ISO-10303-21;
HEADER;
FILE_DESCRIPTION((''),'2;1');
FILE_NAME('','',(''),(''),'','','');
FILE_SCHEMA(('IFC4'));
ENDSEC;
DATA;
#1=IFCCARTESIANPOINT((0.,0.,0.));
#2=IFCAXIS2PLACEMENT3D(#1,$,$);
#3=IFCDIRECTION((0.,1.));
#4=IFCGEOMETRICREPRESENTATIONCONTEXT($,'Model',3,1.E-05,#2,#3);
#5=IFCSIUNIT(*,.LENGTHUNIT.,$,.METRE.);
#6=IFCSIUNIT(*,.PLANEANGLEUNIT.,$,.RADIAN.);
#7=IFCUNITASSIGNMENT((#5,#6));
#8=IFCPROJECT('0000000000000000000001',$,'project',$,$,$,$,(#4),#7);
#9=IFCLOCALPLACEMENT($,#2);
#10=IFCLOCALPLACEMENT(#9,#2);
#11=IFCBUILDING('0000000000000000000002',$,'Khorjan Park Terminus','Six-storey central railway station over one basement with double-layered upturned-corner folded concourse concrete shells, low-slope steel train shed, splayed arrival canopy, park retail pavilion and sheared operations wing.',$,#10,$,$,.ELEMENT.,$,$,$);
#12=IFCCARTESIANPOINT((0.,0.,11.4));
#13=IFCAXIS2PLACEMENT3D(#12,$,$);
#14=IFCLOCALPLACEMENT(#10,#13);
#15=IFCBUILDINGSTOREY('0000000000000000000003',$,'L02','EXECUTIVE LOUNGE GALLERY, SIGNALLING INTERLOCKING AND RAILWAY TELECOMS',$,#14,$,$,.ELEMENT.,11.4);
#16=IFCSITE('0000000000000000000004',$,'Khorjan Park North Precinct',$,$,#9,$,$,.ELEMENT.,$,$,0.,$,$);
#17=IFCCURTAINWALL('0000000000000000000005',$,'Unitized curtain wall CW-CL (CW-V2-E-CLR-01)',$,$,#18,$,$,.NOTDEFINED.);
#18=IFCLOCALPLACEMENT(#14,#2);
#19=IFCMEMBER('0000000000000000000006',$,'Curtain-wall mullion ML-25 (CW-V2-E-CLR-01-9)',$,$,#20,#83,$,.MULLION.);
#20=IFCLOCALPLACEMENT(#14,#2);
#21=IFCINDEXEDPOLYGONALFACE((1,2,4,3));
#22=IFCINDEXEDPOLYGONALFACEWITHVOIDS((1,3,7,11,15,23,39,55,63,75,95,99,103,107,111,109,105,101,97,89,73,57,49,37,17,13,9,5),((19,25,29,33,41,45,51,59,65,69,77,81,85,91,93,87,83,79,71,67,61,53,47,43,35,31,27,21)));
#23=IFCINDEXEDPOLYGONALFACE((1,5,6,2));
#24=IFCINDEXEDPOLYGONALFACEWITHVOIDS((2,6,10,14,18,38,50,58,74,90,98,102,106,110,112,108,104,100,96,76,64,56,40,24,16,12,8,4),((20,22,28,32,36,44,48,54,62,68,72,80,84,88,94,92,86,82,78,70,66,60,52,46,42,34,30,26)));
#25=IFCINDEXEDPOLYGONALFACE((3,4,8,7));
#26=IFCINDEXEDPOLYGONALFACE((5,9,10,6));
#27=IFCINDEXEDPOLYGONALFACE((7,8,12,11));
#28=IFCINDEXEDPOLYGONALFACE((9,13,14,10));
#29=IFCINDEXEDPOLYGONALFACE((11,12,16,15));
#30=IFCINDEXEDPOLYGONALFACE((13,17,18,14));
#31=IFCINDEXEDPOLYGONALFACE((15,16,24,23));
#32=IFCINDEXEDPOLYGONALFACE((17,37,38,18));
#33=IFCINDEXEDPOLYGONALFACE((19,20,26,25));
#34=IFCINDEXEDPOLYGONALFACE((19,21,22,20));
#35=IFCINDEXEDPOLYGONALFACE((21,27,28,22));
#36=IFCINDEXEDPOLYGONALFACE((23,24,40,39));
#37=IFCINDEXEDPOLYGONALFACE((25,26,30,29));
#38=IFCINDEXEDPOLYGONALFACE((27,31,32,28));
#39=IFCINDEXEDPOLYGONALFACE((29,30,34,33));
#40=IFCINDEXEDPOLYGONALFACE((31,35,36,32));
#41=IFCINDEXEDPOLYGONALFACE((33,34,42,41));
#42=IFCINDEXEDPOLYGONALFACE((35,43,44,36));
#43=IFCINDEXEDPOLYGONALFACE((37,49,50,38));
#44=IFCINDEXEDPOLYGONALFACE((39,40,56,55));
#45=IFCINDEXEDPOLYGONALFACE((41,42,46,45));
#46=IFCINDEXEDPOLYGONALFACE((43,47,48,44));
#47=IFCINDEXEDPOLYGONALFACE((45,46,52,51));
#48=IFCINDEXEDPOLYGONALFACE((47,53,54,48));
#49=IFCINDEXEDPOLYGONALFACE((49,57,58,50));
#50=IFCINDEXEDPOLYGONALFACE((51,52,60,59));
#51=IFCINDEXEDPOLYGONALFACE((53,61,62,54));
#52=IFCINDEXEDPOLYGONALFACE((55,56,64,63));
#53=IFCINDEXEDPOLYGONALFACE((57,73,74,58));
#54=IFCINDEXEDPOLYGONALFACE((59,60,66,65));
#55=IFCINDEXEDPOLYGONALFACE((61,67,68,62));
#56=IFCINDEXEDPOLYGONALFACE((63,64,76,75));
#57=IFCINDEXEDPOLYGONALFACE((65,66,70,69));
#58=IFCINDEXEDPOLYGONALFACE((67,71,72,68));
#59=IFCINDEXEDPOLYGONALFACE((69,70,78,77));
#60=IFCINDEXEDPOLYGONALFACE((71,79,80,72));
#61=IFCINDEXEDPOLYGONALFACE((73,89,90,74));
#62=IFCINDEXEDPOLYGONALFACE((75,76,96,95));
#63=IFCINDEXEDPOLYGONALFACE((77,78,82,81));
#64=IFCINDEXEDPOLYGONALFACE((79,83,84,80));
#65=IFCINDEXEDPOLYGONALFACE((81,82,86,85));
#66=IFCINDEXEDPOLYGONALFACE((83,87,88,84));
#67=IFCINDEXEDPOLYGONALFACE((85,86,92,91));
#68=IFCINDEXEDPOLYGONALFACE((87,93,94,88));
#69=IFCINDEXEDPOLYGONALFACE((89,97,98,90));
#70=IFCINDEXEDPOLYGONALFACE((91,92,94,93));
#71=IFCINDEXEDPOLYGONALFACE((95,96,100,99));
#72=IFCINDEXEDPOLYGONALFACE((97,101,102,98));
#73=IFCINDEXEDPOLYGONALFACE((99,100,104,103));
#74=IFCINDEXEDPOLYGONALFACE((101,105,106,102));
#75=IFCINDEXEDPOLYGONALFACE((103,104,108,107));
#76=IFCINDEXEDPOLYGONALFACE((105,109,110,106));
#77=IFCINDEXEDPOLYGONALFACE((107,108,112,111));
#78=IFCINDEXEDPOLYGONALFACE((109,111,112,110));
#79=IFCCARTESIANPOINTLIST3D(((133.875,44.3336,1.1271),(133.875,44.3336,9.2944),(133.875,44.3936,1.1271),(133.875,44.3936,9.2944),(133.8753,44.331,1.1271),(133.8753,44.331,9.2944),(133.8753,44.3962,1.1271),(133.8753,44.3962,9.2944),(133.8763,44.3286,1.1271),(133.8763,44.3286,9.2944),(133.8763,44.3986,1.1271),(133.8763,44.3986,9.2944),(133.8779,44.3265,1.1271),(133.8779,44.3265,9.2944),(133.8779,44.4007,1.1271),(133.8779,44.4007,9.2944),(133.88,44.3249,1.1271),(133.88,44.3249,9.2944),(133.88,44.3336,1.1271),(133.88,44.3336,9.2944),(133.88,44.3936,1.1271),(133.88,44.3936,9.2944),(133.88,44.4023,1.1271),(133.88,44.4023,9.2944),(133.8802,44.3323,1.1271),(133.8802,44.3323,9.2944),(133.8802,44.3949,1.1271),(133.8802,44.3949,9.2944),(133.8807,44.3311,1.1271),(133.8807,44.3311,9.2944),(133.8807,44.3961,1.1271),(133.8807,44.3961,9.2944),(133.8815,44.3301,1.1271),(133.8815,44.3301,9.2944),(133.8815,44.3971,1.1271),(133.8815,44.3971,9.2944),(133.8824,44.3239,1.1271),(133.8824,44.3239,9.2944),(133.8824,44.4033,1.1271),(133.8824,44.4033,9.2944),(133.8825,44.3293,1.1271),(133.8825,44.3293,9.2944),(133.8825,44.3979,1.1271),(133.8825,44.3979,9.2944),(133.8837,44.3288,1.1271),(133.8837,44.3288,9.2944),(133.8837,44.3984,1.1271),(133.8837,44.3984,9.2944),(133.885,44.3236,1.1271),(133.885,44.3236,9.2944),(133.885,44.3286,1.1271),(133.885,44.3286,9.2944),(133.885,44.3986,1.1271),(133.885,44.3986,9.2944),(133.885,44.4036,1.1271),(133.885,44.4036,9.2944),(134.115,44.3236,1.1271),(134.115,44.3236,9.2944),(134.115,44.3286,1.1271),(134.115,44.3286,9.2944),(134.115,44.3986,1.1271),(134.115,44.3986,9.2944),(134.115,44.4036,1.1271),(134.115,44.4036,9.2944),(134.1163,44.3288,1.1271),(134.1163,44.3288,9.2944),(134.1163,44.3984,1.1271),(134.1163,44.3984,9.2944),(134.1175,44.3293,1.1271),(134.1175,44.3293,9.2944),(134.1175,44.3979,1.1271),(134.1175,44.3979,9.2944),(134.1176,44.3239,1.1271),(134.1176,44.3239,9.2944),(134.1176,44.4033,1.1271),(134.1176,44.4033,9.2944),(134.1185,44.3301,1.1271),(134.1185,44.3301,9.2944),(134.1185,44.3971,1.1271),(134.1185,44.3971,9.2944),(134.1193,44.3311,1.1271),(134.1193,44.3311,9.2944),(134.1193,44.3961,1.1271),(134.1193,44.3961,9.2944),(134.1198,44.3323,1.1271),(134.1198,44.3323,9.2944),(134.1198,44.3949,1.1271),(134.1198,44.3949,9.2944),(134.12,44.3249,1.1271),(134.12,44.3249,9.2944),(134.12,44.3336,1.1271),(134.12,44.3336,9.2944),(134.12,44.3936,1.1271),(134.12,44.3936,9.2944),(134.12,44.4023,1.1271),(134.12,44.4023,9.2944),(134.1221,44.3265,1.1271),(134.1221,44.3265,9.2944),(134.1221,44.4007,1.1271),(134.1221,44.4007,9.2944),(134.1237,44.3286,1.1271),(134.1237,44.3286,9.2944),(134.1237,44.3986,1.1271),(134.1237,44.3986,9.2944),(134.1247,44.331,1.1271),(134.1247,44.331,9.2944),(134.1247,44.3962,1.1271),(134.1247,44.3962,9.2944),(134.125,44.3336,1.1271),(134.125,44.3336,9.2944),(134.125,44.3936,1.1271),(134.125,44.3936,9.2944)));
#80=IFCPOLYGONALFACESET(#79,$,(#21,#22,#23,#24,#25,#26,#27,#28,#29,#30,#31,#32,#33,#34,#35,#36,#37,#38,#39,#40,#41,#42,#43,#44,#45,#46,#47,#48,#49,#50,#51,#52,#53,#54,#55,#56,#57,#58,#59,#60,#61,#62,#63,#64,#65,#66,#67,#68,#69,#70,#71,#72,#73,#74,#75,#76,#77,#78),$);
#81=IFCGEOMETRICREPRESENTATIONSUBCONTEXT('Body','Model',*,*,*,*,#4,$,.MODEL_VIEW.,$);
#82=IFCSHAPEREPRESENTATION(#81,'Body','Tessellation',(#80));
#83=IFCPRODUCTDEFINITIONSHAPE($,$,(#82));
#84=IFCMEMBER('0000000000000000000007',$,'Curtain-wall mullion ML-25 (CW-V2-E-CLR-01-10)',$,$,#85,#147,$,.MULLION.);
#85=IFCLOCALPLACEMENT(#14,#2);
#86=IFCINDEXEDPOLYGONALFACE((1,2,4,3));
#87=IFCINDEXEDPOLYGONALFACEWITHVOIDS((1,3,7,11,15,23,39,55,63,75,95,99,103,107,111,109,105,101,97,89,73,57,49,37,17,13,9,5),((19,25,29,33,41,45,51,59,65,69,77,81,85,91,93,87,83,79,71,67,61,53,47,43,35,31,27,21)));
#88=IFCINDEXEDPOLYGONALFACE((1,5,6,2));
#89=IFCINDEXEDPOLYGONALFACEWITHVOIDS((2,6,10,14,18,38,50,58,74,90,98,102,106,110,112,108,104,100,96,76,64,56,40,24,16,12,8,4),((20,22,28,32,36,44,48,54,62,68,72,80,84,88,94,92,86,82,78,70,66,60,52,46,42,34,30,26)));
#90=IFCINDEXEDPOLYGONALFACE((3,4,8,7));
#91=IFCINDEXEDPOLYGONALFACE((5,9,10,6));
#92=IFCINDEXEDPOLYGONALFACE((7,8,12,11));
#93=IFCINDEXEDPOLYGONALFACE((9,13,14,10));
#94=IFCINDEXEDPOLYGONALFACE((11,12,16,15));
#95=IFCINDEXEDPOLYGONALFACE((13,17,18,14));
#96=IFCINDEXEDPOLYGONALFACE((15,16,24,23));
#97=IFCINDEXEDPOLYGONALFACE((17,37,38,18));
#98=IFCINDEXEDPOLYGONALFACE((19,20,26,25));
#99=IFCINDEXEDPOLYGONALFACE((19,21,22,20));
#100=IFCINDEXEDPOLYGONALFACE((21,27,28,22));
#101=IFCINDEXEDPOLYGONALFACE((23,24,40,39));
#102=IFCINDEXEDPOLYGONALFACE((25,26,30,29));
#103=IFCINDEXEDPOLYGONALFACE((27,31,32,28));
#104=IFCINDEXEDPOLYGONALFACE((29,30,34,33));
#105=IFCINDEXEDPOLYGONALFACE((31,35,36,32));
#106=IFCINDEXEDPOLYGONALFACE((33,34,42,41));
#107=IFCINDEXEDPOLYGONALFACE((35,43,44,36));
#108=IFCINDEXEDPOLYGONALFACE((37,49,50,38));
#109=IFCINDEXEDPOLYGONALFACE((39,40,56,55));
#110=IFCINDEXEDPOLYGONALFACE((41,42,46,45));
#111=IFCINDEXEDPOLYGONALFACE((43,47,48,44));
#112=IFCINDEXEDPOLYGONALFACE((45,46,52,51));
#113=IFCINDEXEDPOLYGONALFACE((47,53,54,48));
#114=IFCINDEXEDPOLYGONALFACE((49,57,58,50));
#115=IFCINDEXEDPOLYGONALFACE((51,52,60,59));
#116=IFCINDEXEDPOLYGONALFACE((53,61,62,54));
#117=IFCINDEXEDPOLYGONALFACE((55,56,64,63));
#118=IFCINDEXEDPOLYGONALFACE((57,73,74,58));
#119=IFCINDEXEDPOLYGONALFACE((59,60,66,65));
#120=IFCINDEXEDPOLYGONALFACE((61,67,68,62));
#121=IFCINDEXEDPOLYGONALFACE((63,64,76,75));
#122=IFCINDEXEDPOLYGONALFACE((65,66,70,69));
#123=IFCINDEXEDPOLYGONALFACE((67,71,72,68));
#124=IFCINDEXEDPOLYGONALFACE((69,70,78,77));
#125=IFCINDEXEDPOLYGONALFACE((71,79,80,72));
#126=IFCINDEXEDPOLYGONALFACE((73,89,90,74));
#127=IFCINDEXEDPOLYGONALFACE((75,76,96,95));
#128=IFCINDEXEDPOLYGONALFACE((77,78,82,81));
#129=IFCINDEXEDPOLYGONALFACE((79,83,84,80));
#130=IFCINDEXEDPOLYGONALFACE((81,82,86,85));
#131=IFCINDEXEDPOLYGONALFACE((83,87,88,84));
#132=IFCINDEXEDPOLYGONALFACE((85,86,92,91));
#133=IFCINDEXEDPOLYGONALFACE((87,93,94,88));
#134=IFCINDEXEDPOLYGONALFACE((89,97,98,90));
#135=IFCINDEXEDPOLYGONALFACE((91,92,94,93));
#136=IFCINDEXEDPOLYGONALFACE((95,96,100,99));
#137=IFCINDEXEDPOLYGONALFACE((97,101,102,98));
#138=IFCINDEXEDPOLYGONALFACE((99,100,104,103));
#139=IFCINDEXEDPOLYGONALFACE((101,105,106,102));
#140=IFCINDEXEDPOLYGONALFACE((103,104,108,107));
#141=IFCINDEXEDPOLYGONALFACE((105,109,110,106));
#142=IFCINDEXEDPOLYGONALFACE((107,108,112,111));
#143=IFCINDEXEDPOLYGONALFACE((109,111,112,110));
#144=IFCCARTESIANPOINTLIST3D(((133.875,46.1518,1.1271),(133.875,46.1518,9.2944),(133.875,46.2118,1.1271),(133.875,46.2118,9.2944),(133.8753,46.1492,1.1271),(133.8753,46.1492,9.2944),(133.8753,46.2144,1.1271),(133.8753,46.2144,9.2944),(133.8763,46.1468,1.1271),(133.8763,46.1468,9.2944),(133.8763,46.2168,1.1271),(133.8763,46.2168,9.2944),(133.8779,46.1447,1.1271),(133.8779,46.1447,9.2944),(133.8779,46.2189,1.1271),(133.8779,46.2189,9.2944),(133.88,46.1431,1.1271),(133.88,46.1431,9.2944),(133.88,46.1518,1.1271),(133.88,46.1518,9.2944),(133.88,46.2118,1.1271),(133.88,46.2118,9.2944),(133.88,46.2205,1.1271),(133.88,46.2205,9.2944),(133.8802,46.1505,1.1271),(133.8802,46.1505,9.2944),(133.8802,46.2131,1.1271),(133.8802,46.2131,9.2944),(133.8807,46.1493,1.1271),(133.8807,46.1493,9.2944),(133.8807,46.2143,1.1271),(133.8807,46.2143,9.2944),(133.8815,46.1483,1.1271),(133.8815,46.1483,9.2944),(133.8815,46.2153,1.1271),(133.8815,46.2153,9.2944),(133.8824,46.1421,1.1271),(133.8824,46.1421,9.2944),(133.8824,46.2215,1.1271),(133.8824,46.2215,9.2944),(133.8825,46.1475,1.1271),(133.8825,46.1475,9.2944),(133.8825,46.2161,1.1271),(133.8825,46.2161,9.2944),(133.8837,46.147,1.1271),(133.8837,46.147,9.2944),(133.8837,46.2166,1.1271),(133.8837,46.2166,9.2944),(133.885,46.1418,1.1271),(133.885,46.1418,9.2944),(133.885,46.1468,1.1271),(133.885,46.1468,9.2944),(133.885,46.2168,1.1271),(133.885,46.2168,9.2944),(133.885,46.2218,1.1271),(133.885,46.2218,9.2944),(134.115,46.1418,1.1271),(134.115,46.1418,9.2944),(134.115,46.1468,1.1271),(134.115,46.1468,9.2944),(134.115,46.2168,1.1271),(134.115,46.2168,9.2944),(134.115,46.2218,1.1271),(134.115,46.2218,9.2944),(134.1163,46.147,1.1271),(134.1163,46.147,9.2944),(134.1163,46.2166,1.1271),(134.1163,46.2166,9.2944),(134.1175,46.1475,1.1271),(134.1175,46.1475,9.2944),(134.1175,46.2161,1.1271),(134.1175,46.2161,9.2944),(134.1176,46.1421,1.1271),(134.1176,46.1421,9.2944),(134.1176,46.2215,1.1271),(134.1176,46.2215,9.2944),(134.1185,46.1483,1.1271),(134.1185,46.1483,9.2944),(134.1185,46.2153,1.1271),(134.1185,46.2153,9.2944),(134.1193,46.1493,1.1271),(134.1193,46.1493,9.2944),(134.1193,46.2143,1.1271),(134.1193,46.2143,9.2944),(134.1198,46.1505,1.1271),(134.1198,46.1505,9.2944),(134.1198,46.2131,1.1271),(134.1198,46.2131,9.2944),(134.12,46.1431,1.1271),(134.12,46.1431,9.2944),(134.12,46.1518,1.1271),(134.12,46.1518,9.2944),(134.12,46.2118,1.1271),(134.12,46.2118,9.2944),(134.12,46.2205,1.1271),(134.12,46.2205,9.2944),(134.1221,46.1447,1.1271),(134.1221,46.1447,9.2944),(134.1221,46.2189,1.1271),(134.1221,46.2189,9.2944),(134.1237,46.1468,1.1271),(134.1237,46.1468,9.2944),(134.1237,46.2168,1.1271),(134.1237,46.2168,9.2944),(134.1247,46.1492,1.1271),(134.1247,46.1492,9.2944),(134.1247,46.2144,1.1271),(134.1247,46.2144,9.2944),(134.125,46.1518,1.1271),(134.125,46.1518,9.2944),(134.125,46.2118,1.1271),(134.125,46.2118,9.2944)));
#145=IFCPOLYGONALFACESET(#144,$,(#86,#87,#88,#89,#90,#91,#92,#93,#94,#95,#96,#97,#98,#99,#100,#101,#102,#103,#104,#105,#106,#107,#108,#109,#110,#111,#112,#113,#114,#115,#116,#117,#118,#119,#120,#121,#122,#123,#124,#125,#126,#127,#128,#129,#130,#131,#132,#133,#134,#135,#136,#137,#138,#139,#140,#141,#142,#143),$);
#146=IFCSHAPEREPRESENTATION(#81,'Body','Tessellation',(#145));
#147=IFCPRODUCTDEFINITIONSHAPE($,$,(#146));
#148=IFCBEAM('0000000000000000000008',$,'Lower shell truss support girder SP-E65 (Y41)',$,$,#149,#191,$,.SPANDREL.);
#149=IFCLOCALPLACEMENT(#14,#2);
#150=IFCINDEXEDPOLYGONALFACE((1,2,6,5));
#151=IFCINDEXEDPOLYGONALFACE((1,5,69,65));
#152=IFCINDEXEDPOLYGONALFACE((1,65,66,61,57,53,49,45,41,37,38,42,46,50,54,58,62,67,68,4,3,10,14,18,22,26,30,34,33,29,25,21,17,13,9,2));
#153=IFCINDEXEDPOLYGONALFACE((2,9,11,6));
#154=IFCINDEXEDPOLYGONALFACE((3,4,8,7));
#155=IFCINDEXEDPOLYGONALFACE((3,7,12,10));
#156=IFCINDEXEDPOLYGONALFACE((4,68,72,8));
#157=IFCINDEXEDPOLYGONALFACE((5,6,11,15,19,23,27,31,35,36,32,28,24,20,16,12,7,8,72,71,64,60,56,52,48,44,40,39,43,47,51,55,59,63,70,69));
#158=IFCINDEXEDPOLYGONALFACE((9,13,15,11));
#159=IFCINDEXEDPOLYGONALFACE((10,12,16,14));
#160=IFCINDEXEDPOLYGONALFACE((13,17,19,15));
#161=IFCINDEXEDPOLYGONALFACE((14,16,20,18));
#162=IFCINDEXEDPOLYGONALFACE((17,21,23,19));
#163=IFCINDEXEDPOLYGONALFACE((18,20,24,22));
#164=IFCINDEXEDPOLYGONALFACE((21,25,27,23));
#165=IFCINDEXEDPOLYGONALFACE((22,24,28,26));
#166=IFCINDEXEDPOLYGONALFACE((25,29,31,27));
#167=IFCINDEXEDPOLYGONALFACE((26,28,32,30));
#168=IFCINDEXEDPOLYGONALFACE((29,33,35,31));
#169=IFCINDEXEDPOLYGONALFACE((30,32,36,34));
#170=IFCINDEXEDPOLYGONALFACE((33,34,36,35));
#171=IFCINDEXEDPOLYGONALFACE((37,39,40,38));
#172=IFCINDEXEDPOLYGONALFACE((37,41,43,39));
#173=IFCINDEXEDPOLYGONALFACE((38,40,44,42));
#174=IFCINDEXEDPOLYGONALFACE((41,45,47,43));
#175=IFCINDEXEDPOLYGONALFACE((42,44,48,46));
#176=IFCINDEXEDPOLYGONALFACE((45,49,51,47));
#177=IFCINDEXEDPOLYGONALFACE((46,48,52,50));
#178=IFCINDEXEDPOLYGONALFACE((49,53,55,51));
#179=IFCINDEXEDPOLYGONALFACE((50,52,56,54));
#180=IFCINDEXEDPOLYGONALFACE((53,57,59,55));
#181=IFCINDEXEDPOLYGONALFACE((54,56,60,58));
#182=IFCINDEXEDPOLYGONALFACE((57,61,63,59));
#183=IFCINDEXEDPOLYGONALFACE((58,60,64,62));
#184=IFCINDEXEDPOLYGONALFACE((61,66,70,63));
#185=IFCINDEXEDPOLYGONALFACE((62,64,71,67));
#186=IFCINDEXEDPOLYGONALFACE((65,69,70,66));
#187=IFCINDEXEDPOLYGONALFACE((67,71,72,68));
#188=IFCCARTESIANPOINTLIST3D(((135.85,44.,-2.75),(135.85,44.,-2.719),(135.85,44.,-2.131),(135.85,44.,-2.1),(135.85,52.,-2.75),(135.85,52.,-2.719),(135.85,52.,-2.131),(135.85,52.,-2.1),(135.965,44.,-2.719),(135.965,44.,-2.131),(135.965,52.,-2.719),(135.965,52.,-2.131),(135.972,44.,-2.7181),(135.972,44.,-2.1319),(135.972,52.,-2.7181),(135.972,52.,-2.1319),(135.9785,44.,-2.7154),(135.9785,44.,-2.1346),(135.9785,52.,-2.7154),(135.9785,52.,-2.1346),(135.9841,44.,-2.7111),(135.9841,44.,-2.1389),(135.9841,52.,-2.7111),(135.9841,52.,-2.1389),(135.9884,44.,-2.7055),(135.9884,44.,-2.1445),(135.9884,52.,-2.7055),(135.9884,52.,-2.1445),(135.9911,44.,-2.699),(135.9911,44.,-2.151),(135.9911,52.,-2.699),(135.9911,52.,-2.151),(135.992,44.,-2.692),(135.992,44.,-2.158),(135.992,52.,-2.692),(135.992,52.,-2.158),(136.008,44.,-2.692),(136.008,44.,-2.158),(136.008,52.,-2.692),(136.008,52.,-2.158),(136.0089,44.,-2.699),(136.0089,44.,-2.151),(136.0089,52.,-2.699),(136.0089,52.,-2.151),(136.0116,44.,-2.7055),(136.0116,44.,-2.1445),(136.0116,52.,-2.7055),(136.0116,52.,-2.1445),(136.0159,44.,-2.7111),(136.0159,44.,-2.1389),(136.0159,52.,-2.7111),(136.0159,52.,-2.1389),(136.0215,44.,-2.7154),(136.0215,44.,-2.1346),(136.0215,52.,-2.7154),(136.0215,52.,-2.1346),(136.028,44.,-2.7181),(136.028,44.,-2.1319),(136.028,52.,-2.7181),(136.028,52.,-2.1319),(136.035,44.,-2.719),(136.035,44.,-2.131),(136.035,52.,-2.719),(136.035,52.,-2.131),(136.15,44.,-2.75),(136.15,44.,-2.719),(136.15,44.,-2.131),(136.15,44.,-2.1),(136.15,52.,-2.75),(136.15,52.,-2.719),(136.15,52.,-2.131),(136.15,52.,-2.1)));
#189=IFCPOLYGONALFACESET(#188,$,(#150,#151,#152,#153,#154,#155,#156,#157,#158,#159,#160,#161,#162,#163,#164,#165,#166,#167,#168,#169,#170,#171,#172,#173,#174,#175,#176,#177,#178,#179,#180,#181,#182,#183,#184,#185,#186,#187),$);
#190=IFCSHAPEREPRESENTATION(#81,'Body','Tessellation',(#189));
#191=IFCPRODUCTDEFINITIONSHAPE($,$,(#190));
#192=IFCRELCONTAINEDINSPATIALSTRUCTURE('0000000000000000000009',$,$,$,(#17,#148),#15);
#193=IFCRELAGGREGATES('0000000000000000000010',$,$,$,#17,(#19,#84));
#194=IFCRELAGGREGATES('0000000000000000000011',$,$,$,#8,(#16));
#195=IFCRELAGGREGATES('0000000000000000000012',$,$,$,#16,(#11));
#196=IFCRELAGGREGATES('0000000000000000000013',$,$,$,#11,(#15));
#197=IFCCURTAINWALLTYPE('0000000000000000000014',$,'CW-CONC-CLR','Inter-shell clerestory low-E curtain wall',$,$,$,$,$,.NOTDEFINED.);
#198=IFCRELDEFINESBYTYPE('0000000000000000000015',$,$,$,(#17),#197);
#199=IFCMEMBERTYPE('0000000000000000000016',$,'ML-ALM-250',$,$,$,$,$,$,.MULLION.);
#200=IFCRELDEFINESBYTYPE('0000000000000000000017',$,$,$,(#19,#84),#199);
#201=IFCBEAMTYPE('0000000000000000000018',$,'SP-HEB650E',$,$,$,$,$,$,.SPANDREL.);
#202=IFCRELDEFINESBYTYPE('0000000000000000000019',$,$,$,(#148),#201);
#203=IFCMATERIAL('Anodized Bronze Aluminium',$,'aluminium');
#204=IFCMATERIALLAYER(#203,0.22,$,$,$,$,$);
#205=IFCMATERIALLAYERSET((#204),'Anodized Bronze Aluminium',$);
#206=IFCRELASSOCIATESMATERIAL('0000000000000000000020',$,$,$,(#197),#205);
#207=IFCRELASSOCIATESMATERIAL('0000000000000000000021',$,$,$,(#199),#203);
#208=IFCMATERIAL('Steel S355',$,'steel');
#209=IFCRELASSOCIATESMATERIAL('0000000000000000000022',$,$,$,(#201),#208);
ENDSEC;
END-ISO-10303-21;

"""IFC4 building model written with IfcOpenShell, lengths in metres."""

from ifc_helpers import new_model, si_unit, direction, frame, origin, origin_2d, place, context, subcontext, project, spatial, hollow_rectangle, i_section, extrude, material, layer, layer_set, material_profile, profile_set, type_object, element, aggregate, save


model = new_model("IFC4")

# Units and contexts
model_context = context("Model", 3, precision=1e-05, world=origin(), true_north=direction((0.0, 1.0)))
body_context = subcontext(model_context, "Body", "Model", "MODEL_VIEW")
ifc_project = project(units=[si_unit("LENGTHUNIT", "METRE"), si_unit("PLANEANGLEUNIT", "RADIAN")], contexts=[model_context])

# Site, building, storey
site_placement = place(None, origin())
site = spatial("IfcSite", under=ifc_project, at=site_placement, Name="Khorjan Park North Precinct", CompositionType="ELEMENT", RefElevation=0.0)
building_placement = place(site_placement, origin())
building = spatial("IfcBuilding", under=site, at=building_placement, Name="Khorjan Park Terminus", Description="Six-storey central railway station over one basement with double-layered upturned-corner folded concourse concrete shells, low-slope steel train shed, splayed arrival canopy, park retail pavilion and sheared operations wing.", CompositionType="ELEMENT")
storey_placement = place(building_placement, frame((0.0, 0.0, 11.4)))
storey = spatial("IfcBuildingStorey", under=building, at=storey_placement, Name="L02", Description="EXECUTIVE LOUNGE GALLERY, SIGNALLING INTERLOCKING AND RAILWAY TELECOMS", CompositionType="ELEMENT", Elevation=11.4)

# Shared definitions
ifc_material_1 = material(Name="Steel S355", Category="steel")

# Curtain wall, members
ifc_material_2 = material(Name="Anodized Bronze Aluminium", Category="aluminium")
ifc_layer_1 = layer(ifc_material_2, 0.22)
ifc_layer_set_1 = layer_set([ifc_layer_1], Name="Anodized Bronze Aluminium")
curtain_wall_type = type_object("IfcCurtainWallType", Name="CW-CONC-CLR", Description="Inter-shell clerestory low-E curtain wall", PredefinedType="NOTDEFINED", material=ifc_layer_set_1)
curtain_wall_placement = place(storey_placement, origin())
curtain_wall = element("IfcCurtainWall", 1, at=curtain_wall_placement, inside=storey, type_object=curtain_wall_type, Name="Unitized curtain wall CW-CL (CW-V2-E-CLR-01)", PredefinedType="NOTDEFINED")
ifc_material_profile_1 = material_profile(ifc_material_2, hollow_rectangle(XDim=0.08, YDim=0.25, WallThickness=0.005, InnerFilletRadius=0.005, OuterFilletRadius=0.01, at=origin_2d()), Name="ALM 80x250x5")
ifc_profile_set_1 = profile_set([ifc_material_profile_1], Name="Anodized Bronze Aluminium")
member_type_1 = type_object("IfcMemberType", Name="ML-ALM-250", PredefinedType="MULLION", material=ifc_profile_set_1)
member_1_placement = place(storey_placement, frame((134.0, 44.3636, 1.1271), z_axis=(0.0, 0.0, 1.0), x_axis=(0.0, 1.0, 0.0)))
member_1 = element("IfcMember", 2, at=member_1_placement, type_object=member_type_1, Name="Curtain-wall mullion ML-25 (CW-V2-E-CLR-01-9)", PredefinedType="MULLION", context=body_context, shape_type="SweptSolid", body=[
    extrude(hollow_rectangle(XDim=0.08, YDim=0.25, WallThickness=0.005, InnerFilletRadius=0.005, OuterFilletRadius=0.01, at=origin_2d()), origin(), (0.0, 0.0, 1.0), 8.1673),
])
member_2_placement = place(storey_placement, frame((134.0, 46.1818, 1.1271), z_axis=(0.0, 0.0, 1.0), x_axis=(0.0, 1.0, 0.0)))
member_2 = element("IfcMember", 3, at=member_2_placement, type_object=member_type_1, Name="Curtain-wall mullion ML-25 (CW-V2-E-CLR-01-10)", PredefinedType="MULLION", context=body_context, shape_type="SweptSolid", body=[
    extrude(hollow_rectangle(XDim=0.08, YDim=0.25, WallThickness=0.005, InnerFilletRadius=0.005, OuterFilletRadius=0.01, at=origin_2d()), origin(), (0.0, 0.0, 1.0), 8.1673),
])

# Beam
ifc_material_profile_2 = material_profile(ifc_material_1, i_section(OverallWidth=0.3, OverallDepth=0.65, WebThickness=0.016, FlangeThickness=0.031, FilletRadius=0.027, at=origin_2d()), Name="HEB 650")
ifc_profile_set_2 = profile_set([ifc_material_profile_2], Name="Steel S355")
beam_type_1 = type_object("IfcBeamType", Name="SP-HEB650E", PredefinedType="SPANDREL", material=ifc_profile_set_2)
beam_1_placement = place(storey_placement, frame((136.0, 44.0, -2.425), z_axis=(0.0, 1.0, 0.0), x_axis=(-1.0, 0.0, 0.0)))
element("IfcBeam", 4, at=beam_1_placement, inside=storey, type_object=beam_type_1, Name="Lower shell truss support girder SP-E65 (Y41)", PredefinedType="SPANDREL", context=body_context, shape_type="SweptSolid", body=[
    extrude(i_section(OverallWidth=0.3, OverallDepth=0.65, WebThickness=0.016, FlangeThickness=0.031, FilletRadius=0.027, at=origin_2d()), origin(), (0.0, 0.0, 1.0), 8.0),
])

aggregate(curtain_wall, [member_1, member_2])

save(model, "model.ifc")
